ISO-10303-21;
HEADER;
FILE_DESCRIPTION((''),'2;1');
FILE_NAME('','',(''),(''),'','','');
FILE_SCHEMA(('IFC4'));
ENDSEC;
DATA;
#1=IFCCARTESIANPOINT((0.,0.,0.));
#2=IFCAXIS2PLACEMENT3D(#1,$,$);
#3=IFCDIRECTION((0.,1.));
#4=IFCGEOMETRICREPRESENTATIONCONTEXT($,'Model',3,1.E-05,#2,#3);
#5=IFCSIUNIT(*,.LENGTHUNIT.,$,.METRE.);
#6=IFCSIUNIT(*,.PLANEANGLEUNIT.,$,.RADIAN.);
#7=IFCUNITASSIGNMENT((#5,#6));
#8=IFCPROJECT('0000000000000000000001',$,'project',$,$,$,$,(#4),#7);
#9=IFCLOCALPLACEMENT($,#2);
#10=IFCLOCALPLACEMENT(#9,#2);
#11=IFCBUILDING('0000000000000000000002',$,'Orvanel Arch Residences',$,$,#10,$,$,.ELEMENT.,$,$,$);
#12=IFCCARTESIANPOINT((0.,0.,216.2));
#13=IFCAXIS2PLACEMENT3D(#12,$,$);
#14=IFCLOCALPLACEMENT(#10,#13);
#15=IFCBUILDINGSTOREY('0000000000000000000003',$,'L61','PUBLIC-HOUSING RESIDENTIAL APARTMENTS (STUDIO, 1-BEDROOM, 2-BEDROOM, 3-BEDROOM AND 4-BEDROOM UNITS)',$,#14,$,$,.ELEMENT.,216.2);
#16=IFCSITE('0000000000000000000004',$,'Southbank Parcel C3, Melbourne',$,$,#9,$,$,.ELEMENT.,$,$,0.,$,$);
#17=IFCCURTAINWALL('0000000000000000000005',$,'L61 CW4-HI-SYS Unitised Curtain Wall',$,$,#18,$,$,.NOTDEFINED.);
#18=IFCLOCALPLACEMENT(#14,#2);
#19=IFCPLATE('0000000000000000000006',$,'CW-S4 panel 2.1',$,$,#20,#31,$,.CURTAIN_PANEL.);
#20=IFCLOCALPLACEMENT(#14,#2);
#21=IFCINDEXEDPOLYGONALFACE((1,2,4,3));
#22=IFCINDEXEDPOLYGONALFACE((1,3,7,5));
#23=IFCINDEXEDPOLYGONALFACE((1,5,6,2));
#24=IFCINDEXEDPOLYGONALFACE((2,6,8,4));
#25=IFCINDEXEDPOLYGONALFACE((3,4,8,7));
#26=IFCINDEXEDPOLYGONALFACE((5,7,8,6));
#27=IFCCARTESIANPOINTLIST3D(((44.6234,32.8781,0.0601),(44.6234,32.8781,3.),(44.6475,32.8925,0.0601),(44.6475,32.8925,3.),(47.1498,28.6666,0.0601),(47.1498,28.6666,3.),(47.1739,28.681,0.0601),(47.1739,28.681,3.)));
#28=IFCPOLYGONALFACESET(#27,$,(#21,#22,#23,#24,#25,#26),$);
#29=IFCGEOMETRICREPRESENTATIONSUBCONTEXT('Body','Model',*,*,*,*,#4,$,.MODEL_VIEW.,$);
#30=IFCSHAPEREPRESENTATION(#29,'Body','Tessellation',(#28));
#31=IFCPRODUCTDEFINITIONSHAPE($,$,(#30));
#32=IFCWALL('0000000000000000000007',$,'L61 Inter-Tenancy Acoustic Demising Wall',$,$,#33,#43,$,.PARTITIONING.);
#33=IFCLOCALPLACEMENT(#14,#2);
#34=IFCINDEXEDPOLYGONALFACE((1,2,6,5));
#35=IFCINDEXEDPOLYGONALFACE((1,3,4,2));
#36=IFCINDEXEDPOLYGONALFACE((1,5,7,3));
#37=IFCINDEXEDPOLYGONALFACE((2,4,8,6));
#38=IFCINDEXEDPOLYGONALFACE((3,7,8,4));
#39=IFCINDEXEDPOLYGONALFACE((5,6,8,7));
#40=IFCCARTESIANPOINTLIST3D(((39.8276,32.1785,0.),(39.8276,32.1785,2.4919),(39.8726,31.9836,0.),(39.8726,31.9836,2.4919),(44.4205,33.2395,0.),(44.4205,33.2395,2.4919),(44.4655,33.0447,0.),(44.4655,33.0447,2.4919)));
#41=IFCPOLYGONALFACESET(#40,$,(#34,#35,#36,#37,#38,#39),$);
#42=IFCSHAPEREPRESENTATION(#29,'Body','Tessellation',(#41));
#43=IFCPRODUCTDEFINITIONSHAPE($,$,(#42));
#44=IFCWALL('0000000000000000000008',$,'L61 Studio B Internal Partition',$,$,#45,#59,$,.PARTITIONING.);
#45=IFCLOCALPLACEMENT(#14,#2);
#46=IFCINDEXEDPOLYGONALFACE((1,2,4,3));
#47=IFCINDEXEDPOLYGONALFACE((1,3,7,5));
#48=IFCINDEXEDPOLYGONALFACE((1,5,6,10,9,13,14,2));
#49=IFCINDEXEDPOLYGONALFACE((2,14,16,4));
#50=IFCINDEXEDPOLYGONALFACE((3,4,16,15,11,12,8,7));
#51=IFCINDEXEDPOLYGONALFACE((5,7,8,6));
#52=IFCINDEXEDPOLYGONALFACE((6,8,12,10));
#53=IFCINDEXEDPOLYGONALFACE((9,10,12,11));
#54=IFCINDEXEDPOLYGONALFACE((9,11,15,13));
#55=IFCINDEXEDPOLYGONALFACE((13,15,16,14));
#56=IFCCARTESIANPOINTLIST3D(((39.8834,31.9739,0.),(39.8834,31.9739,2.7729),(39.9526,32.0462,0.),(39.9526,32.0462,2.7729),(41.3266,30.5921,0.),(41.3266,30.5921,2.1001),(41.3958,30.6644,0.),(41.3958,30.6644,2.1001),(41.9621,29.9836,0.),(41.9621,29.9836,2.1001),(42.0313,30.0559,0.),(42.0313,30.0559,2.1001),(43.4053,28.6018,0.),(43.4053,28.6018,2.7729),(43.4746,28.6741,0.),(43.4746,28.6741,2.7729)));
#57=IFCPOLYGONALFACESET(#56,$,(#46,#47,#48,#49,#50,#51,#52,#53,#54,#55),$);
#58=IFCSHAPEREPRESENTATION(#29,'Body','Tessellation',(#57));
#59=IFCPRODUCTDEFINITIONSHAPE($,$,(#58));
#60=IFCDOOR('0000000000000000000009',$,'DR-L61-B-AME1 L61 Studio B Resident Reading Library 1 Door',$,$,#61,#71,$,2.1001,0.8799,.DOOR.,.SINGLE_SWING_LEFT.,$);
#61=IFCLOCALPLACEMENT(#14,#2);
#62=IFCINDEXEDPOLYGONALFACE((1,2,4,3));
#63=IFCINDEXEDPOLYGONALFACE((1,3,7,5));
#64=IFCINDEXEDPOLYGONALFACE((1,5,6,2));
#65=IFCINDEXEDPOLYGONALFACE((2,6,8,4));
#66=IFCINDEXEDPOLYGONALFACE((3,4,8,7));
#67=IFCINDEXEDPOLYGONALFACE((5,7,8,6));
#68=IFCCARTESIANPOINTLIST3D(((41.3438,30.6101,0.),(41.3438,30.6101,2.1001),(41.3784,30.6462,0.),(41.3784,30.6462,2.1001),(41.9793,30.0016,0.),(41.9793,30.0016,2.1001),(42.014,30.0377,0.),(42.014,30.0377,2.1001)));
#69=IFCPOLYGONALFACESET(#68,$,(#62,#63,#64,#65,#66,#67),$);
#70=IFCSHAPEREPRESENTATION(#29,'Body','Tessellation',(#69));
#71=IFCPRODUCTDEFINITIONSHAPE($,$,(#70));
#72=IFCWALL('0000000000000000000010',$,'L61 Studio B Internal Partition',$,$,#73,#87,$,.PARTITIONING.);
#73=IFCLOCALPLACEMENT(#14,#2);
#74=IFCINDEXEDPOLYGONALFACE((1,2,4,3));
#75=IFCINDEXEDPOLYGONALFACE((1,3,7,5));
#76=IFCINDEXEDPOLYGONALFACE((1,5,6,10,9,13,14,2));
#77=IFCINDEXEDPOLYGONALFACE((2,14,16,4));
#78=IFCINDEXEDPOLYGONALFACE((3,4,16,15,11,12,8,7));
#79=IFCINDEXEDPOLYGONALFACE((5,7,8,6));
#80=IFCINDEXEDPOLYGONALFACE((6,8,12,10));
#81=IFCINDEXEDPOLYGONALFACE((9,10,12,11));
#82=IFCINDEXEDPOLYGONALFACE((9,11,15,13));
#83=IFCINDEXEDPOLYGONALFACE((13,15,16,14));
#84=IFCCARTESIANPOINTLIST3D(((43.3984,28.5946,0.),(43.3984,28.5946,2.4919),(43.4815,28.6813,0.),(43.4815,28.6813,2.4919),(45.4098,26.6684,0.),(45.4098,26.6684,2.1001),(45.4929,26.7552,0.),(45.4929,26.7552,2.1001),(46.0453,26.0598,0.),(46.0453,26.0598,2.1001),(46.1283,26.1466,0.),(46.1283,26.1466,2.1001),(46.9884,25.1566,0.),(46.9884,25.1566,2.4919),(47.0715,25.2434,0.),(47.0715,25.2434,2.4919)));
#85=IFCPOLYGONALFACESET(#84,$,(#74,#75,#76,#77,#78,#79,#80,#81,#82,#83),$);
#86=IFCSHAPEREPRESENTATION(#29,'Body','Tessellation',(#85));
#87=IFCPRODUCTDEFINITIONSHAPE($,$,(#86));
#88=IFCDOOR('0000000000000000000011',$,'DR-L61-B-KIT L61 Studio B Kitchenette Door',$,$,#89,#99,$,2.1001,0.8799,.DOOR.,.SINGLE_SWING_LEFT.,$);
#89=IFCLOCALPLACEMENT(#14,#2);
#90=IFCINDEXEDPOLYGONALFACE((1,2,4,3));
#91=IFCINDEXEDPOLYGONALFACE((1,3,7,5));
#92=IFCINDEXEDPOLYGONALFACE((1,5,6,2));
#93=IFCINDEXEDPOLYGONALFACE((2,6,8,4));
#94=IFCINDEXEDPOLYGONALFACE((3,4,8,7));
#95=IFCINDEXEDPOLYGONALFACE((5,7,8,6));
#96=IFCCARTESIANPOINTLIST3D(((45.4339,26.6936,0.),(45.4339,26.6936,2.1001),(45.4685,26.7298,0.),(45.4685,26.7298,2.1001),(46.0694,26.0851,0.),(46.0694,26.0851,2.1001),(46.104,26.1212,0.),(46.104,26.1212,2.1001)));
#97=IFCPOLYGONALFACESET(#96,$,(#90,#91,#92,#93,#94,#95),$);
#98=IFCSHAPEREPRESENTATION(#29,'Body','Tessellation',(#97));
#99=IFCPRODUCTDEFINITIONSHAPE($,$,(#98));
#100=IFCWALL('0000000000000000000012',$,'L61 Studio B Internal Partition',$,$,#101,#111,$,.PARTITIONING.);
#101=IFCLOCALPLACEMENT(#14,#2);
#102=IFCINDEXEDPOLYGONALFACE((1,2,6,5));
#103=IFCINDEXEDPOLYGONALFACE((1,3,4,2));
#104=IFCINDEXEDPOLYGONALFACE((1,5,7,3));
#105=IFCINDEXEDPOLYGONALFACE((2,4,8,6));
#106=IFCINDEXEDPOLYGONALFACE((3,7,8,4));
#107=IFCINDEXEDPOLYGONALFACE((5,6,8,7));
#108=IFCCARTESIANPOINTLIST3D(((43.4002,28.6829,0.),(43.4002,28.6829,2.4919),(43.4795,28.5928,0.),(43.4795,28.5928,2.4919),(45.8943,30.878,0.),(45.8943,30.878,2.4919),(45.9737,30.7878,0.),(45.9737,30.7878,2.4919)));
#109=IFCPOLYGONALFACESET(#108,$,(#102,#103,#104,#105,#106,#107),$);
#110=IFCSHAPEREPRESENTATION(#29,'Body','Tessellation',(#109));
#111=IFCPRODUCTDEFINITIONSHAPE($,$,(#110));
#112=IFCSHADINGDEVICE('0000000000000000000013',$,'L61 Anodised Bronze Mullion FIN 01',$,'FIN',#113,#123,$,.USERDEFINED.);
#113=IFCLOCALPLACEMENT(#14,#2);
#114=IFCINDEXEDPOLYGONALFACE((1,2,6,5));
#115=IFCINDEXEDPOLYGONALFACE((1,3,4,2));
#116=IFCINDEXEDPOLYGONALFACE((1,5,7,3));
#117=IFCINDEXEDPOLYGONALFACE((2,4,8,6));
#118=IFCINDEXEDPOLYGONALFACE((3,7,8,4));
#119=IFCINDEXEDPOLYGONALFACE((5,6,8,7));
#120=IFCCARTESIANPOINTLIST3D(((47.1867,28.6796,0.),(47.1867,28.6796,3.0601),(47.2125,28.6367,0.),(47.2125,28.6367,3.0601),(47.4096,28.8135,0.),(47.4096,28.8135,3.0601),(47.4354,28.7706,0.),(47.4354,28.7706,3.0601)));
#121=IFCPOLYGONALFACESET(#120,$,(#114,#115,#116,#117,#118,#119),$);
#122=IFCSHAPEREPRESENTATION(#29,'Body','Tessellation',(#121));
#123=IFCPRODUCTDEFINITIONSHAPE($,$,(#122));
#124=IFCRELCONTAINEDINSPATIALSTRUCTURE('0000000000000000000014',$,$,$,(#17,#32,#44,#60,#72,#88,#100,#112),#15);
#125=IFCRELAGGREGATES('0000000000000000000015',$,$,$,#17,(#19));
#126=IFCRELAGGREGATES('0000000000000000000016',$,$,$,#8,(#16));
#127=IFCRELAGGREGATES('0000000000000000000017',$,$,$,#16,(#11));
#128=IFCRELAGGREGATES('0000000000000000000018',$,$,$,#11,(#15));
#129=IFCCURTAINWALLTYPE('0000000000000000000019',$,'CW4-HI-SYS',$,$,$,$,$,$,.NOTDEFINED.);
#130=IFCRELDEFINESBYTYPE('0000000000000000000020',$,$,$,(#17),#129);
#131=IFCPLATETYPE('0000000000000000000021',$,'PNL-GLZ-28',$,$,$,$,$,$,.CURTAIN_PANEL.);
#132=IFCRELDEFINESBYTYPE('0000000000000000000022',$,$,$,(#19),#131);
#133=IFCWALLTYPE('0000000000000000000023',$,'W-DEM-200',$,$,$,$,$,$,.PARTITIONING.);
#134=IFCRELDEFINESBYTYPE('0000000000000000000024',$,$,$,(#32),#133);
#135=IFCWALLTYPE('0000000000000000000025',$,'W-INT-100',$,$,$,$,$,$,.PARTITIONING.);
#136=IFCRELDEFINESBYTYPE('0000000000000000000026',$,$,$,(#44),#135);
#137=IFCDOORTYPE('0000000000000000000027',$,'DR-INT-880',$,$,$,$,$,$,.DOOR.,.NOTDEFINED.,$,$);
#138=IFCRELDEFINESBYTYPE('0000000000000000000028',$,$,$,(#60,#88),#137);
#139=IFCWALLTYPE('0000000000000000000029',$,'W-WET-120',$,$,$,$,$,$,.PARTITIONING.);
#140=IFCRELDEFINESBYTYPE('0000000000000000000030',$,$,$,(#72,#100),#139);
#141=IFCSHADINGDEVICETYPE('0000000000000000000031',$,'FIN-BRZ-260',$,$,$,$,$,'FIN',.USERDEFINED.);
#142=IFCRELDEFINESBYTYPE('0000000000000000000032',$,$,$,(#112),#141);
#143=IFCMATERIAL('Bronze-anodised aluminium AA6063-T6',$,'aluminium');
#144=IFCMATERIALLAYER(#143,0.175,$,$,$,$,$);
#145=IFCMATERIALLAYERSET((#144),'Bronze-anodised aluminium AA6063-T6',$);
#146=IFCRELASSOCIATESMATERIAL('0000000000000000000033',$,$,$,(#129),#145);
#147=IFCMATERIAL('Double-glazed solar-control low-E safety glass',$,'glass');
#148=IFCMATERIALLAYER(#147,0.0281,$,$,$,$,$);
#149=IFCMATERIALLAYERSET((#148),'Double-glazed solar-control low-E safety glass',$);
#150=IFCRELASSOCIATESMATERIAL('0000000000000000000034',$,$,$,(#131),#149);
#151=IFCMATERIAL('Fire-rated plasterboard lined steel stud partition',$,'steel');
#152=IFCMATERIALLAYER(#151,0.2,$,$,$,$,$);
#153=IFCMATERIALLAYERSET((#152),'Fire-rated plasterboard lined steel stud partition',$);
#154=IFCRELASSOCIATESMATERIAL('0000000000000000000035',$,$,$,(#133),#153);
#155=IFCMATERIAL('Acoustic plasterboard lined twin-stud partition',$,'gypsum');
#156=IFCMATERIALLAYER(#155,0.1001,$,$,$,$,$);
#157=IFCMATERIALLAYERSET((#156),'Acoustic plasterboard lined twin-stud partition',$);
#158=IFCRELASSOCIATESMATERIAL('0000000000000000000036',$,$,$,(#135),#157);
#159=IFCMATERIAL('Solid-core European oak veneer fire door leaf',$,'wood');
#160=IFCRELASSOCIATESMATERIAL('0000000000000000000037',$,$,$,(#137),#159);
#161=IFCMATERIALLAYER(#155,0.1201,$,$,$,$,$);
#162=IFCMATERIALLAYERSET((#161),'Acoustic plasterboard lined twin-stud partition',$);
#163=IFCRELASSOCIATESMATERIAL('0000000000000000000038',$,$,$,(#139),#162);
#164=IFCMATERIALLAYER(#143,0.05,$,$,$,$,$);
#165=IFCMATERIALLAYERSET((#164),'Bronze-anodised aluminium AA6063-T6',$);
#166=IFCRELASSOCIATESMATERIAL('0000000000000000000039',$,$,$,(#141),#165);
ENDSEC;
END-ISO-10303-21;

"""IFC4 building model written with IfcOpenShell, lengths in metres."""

from ifc_helpers import new_model, si_unit, direction, frame, frame_2d, origin, origin_2d, place, context, subcontext, project, spatial, rectangle, extrude, material, layer, layer_set, type_object, element, fill, aggregate, save


model = new_model("IFC4")

# Units and contexts
model_context = context("Model", 3, precision=1e-05, world=origin(), true_north=direction((0.0, 1.0)))
body_context = subcontext(model_context, "Body", "Model", "MODEL_VIEW")
ifc_project = project(units=[si_unit("LENGTHUNIT", "METRE"), si_unit("PLANEANGLEUNIT", "RADIAN")], contexts=[model_context])

# Site, building, storey
site_placement = place(None, origin())
site = spatial("IfcSite", under=ifc_project, at=site_placement, Name="Southbank Parcel C3, Melbourne", CompositionType="ELEMENT", RefElevation=0.0)
building_placement = place(site_placement, origin())
building = spatial("IfcBuilding", under=site, at=building_placement, Name="Orvanel Arch Residences", CompositionType="ELEMENT")
storey_placement = place(building_placement, frame((0.0, 0.0, 216.2)))
storey = spatial("IfcBuildingStorey", under=building, at=storey_placement, Name="L61", Description="PUBLIC-HOUSING RESIDENTIAL APARTMENTS (STUDIO, 1-BEDROOM, 2-BEDROOM, 3-BEDROOM AND 4-BEDROOM UNITS)", CompositionType="ELEMENT", Elevation=216.2)

# Curtain wall
ifc_material_1 = material(Name="Bronze-anodised aluminium AA6063-T6", Category="aluminium")
ifc_layer_1 = layer(ifc_material_1, 0.175)
ifc_layer_set_1 = layer_set([ifc_layer_1], Name="Bronze-anodised aluminium AA6063-T6")
curtain_wall_type = type_object("IfcCurtainWallType", Name="CW4-HI-SYS", PredefinedType="NOTDEFINED", material=ifc_layer_set_1)
curtain_wall_placement = place(storey_placement, origin())
curtain_wall = element("IfcCurtainWall", 1, at=curtain_wall_placement, inside=storey, type_object=curtain_wall_type, Name="L61 CW4-HI-SYS Unitised Curtain Wall", PredefinedType="NOTDEFINED")

# Plate
ifc_material_2 = material(Name="Double-glazed solar-control low-E safety glass", Category="glass")
ifc_layer_2 = layer(ifc_material_2, 0.0281)
ifc_layer_set_2 = layer_set([ifc_layer_2], Name="Double-glazed solar-control low-E safety glass")
plate_type = type_object("IfcPlateType", Name="PNL-GLZ-28", PredefinedType="CURTAIN_PANEL", material=ifc_layer_set_2)
plate_placement = place(storey_placement, frame((45.8987, 30.7795, 0.0601), z_axis=(0.0, 0.0, 1.0), x_axis=(-0.514422, 0.857537, 0.0)))
plate = element("IfcPlate", 2, at=plate_placement, type_object=plate_type, Name="CW-S4 panel 2.1", PredefinedType="CURTAIN_PANEL", context=body_context, shape_type="SweptSolid", body=[
    extrude(rectangle(XDim=4.9111, YDim=0.0281, at=origin_2d()), origin(), (0.0, 0.0, 1.0), 2.9399),
])
aggregate(curtain_wall, [plate])

# Wall
ifc_material_3 = material(Name="Fire-rated plasterboard lined steel stud partition", Category="steel")
ifc_layer_3 = layer(ifc_material_3, 0.2)
ifc_layer_set_3 = layer_set([ifc_layer_3], Name="Fire-rated plasterboard lined steel stud partition")
wall_type_1 = type_object("IfcWallType", Name="W-DEM-200", PredefinedType="PARTITIONING", material=ifc_layer_set_3)
wall_1_placement = place(storey_placement, frame((39.8501, 32.0811, 0.0), z_axis=(0.0, 0.0, 1.0), x_axis=(0.97434, 0.225083, 0.0)))
element("IfcWall", 3, at=wall_1_placement, inside=storey, type_object=wall_type_1, Name="L61 Inter-Tenancy Acoustic Demising Wall", PredefinedType="PARTITIONING", context=body_context, shape_type="SweptSolid", body=[
    extrude(rectangle(XDim=4.7139, YDim=0.2, at=frame_2d((2.3569, 0.0))), origin(), (0.0, 0.0, 1.0), 2.4919),
])

# Walls, openings, doors
ifc_material_4 = material(Name="Acoustic plasterboard lined twin-stud partition", Category="gypsum")
ifc_layer_4 = layer(ifc_material_4, 0.1001)
ifc_layer_set_4 = layer_set([ifc_layer_4], Name="Acoustic plasterboard lined twin-stud partition")
wall_type_2 = type_object("IfcWallType", Name="W-INT-100", PredefinedType="PARTITIONING", material=ifc_layer_set_4)
wall_2_placement = place(storey_placement, frame((39.918, 32.01, 0.0), z_axis=(0.0, 0.0, 1.0), x_axis=(0.722311, -0.691568, 0.0)))
wall_2 = element("IfcWall", 4, at=wall_2_placement, inside=storey, type_object=wall_type_2, Name="L61 Studio B Internal Partition", PredefinedType="PARTITIONING", context=body_context, shape_type="SweptSolid", body=[
    extrude(rectangle(XDim=4.876, YDim=0.1001, at=frame_2d((2.438, 0.0))), origin(), (0.0, 0.0, 1.0), 2.7729),
])
opening_1_placement = place(wall_2_placement, frame((1.998, 0.0, 0.0)))
opening_1 = element("IfcOpeningElement", 5, at=opening_1_placement, cuts=wall_2, PredefinedType="OPENING", context=body_context, shape_type="SweptSolid", body=[
    extrude(rectangle(XDim=0.8799, YDim=2.1001, at=frame_2d((0.4399, 1.05))), frame((0.0, 0.0601, 0.0), z_axis=(0.0, -1.0, 0.0), x_axis=(1.0, 0.0, 0.0)), (0.0, 0.0, 1.0), 0.1201),
])
ifc_material_5 = material(Name="Solid-core European oak veneer fire door leaf", Category="wood")
door_type = type_object("IfcDoorType", Name="DR-INT-880", OperationType="NOTDEFINED", PredefinedType="DOOR", material=ifc_material_5)
door_1_placement = place(opening_1_placement, origin())
door_1 = element("IfcDoor", 6, at=door_1_placement, inside=storey, type_object=door_type, Name="DR-L61-B-AME1 L61 Studio B Resident Reading Library 1 Door", OperationType="SINGLE_SWING_LEFT", OverallHeight=2.1001, OverallWidth=0.8799, PredefinedType="DOOR", context=body_context, shape_type="SweptSolid", body=[
    extrude(rectangle(XDim=0.8799, YDim=2.1001, at=frame_2d((0.4399, 1.05))), frame((0.0, 0.0249, 0.0), z_axis=(0.0, -1.0, 0.0), x_axis=(1.0, 0.0, 0.0)), (0.0, 0.0, 1.0), 0.05),
])
fill(opening_1, door_1)
ifc_layer_5 = layer(ifc_material_4, 0.1201)
ifc_layer_set_5 = layer_set([ifc_layer_5], Name="Acoustic plasterboard lined twin-stud partition")
wall_type_3 = type_object("IfcWallType", Name="W-WET-120", PredefinedType="PARTITIONING", material=ifc_layer_set_5)
wall_3_placement = place(storey_placement, frame((43.4399, 28.6379, 0.0), z_axis=(0.0, 0.0, 1.0), x_axis=(0.722241, -0.691642, 0.0)))
wall_3 = element("IfcWall", 7, at=wall_3_placement, inside=storey, type_object=wall_type_3, Name="L61 Studio B Internal Partition", PredefinedType="PARTITIONING", context=body_context, shape_type="SweptSolid", body=[
    extrude(rectangle(XDim=4.9707, YDim=0.1201, at=frame_2d((2.4854, 0.0))), origin(), (0.0, 0.0, 1.0), 2.4919),
])
opening_2_placement = place(wall_3_placement, frame((2.7849, 0.0, 0.0)))
opening_2 = element("IfcOpeningElement", 8, at=opening_2_placement, cuts=wall_3, PredefinedType="OPENING", context=body_context, shape_type="SweptSolid", body=[
    extrude(rectangle(XDim=0.8799, YDim=2.1001, at=frame_2d((0.4399, 1.05))), frame((0.0, 0.0701, 0.0), z_axis=(0.0, -1.0, 0.0), x_axis=(1.0, 0.0, 0.0)), (0.0, 0.0, 1.0), 0.1401),
])
door_2_placement = place(opening_2_placement, origin())
door_2 = element("IfcDoor", 9, at=door_2_placement, inside=storey, type_object=door_type, Name="DR-L61-B-KIT L61 Studio B Kitchenette Door", OperationType="SINGLE_SWING_LEFT", OverallHeight=2.1001, OverallWidth=0.8799, PredefinedType="DOOR", context=body_context, shape_type="SweptSolid", body=[
    extrude(rectangle(XDim=0.8799, YDim=2.1001, at=frame_2d((0.4399, 1.05))), frame((0.0, 0.0249, 0.0), z_axis=(0.0, -1.0, 0.0), x_axis=(1.0, 0.0, 0.0)), (0.0, 0.0, 1.0), 0.05),
])
fill(opening_2, door_2)

# Wall
wall_4_placement = place(storey_placement, frame((43.4399, 28.6379, 0.0), z_axis=(0.0, 0.0, 1.0), x_axis=(0.75068, 0.660666, 0.0)))
element("IfcWall", 10, at=wall_4_placement, inside=storey, type_object=wall_type_3, Name="L61 Studio B Internal Partition", PredefinedType="PARTITIONING", context=body_context, shape_type="SweptSolid", body=[
    extrude(rectangle(XDim=3.3225, YDim=0.1201, at=frame_2d((1.6611, 0.0))), origin(), (0.0, 0.0, 1.0), 2.4919),
])

# Shading device
ifc_layer_6 = layer(ifc_material_1, 0.05)
ifc_layer_set_6 = layer_set([ifc_layer_6], Name="Bronze-anodised aluminium AA6063-T6")
shading_device_type = type_object("IfcShadingDeviceType", Name="FIN-BRZ-260", ElementType="FIN", PredefinedType="USERDEFINED", material=ifc_layer_set_6)
shading_device_placement = place(storey_placement, frame((47.311, 28.7251, 0.0), z_axis=(0.0, 0.0, 1.0), x_axis=(0.857167, 0.515038, 0.0)))
element("IfcShadingDevice", 11, at=shading_device_placement, inside=storey, type_object=shading_device_type, Name="L61 Anodised Bronze Mullion FIN 01", ObjectType="FIN", PredefinedType="USERDEFINED", context=body_context, shape_type="SweptSolid", body=[
    extrude(rectangle(XDim=0.26, YDim=0.05, at=origin_2d()), origin(), (0.0, 0.0, 1.0), 3.0601),
])

save(model, "model.ifc")
